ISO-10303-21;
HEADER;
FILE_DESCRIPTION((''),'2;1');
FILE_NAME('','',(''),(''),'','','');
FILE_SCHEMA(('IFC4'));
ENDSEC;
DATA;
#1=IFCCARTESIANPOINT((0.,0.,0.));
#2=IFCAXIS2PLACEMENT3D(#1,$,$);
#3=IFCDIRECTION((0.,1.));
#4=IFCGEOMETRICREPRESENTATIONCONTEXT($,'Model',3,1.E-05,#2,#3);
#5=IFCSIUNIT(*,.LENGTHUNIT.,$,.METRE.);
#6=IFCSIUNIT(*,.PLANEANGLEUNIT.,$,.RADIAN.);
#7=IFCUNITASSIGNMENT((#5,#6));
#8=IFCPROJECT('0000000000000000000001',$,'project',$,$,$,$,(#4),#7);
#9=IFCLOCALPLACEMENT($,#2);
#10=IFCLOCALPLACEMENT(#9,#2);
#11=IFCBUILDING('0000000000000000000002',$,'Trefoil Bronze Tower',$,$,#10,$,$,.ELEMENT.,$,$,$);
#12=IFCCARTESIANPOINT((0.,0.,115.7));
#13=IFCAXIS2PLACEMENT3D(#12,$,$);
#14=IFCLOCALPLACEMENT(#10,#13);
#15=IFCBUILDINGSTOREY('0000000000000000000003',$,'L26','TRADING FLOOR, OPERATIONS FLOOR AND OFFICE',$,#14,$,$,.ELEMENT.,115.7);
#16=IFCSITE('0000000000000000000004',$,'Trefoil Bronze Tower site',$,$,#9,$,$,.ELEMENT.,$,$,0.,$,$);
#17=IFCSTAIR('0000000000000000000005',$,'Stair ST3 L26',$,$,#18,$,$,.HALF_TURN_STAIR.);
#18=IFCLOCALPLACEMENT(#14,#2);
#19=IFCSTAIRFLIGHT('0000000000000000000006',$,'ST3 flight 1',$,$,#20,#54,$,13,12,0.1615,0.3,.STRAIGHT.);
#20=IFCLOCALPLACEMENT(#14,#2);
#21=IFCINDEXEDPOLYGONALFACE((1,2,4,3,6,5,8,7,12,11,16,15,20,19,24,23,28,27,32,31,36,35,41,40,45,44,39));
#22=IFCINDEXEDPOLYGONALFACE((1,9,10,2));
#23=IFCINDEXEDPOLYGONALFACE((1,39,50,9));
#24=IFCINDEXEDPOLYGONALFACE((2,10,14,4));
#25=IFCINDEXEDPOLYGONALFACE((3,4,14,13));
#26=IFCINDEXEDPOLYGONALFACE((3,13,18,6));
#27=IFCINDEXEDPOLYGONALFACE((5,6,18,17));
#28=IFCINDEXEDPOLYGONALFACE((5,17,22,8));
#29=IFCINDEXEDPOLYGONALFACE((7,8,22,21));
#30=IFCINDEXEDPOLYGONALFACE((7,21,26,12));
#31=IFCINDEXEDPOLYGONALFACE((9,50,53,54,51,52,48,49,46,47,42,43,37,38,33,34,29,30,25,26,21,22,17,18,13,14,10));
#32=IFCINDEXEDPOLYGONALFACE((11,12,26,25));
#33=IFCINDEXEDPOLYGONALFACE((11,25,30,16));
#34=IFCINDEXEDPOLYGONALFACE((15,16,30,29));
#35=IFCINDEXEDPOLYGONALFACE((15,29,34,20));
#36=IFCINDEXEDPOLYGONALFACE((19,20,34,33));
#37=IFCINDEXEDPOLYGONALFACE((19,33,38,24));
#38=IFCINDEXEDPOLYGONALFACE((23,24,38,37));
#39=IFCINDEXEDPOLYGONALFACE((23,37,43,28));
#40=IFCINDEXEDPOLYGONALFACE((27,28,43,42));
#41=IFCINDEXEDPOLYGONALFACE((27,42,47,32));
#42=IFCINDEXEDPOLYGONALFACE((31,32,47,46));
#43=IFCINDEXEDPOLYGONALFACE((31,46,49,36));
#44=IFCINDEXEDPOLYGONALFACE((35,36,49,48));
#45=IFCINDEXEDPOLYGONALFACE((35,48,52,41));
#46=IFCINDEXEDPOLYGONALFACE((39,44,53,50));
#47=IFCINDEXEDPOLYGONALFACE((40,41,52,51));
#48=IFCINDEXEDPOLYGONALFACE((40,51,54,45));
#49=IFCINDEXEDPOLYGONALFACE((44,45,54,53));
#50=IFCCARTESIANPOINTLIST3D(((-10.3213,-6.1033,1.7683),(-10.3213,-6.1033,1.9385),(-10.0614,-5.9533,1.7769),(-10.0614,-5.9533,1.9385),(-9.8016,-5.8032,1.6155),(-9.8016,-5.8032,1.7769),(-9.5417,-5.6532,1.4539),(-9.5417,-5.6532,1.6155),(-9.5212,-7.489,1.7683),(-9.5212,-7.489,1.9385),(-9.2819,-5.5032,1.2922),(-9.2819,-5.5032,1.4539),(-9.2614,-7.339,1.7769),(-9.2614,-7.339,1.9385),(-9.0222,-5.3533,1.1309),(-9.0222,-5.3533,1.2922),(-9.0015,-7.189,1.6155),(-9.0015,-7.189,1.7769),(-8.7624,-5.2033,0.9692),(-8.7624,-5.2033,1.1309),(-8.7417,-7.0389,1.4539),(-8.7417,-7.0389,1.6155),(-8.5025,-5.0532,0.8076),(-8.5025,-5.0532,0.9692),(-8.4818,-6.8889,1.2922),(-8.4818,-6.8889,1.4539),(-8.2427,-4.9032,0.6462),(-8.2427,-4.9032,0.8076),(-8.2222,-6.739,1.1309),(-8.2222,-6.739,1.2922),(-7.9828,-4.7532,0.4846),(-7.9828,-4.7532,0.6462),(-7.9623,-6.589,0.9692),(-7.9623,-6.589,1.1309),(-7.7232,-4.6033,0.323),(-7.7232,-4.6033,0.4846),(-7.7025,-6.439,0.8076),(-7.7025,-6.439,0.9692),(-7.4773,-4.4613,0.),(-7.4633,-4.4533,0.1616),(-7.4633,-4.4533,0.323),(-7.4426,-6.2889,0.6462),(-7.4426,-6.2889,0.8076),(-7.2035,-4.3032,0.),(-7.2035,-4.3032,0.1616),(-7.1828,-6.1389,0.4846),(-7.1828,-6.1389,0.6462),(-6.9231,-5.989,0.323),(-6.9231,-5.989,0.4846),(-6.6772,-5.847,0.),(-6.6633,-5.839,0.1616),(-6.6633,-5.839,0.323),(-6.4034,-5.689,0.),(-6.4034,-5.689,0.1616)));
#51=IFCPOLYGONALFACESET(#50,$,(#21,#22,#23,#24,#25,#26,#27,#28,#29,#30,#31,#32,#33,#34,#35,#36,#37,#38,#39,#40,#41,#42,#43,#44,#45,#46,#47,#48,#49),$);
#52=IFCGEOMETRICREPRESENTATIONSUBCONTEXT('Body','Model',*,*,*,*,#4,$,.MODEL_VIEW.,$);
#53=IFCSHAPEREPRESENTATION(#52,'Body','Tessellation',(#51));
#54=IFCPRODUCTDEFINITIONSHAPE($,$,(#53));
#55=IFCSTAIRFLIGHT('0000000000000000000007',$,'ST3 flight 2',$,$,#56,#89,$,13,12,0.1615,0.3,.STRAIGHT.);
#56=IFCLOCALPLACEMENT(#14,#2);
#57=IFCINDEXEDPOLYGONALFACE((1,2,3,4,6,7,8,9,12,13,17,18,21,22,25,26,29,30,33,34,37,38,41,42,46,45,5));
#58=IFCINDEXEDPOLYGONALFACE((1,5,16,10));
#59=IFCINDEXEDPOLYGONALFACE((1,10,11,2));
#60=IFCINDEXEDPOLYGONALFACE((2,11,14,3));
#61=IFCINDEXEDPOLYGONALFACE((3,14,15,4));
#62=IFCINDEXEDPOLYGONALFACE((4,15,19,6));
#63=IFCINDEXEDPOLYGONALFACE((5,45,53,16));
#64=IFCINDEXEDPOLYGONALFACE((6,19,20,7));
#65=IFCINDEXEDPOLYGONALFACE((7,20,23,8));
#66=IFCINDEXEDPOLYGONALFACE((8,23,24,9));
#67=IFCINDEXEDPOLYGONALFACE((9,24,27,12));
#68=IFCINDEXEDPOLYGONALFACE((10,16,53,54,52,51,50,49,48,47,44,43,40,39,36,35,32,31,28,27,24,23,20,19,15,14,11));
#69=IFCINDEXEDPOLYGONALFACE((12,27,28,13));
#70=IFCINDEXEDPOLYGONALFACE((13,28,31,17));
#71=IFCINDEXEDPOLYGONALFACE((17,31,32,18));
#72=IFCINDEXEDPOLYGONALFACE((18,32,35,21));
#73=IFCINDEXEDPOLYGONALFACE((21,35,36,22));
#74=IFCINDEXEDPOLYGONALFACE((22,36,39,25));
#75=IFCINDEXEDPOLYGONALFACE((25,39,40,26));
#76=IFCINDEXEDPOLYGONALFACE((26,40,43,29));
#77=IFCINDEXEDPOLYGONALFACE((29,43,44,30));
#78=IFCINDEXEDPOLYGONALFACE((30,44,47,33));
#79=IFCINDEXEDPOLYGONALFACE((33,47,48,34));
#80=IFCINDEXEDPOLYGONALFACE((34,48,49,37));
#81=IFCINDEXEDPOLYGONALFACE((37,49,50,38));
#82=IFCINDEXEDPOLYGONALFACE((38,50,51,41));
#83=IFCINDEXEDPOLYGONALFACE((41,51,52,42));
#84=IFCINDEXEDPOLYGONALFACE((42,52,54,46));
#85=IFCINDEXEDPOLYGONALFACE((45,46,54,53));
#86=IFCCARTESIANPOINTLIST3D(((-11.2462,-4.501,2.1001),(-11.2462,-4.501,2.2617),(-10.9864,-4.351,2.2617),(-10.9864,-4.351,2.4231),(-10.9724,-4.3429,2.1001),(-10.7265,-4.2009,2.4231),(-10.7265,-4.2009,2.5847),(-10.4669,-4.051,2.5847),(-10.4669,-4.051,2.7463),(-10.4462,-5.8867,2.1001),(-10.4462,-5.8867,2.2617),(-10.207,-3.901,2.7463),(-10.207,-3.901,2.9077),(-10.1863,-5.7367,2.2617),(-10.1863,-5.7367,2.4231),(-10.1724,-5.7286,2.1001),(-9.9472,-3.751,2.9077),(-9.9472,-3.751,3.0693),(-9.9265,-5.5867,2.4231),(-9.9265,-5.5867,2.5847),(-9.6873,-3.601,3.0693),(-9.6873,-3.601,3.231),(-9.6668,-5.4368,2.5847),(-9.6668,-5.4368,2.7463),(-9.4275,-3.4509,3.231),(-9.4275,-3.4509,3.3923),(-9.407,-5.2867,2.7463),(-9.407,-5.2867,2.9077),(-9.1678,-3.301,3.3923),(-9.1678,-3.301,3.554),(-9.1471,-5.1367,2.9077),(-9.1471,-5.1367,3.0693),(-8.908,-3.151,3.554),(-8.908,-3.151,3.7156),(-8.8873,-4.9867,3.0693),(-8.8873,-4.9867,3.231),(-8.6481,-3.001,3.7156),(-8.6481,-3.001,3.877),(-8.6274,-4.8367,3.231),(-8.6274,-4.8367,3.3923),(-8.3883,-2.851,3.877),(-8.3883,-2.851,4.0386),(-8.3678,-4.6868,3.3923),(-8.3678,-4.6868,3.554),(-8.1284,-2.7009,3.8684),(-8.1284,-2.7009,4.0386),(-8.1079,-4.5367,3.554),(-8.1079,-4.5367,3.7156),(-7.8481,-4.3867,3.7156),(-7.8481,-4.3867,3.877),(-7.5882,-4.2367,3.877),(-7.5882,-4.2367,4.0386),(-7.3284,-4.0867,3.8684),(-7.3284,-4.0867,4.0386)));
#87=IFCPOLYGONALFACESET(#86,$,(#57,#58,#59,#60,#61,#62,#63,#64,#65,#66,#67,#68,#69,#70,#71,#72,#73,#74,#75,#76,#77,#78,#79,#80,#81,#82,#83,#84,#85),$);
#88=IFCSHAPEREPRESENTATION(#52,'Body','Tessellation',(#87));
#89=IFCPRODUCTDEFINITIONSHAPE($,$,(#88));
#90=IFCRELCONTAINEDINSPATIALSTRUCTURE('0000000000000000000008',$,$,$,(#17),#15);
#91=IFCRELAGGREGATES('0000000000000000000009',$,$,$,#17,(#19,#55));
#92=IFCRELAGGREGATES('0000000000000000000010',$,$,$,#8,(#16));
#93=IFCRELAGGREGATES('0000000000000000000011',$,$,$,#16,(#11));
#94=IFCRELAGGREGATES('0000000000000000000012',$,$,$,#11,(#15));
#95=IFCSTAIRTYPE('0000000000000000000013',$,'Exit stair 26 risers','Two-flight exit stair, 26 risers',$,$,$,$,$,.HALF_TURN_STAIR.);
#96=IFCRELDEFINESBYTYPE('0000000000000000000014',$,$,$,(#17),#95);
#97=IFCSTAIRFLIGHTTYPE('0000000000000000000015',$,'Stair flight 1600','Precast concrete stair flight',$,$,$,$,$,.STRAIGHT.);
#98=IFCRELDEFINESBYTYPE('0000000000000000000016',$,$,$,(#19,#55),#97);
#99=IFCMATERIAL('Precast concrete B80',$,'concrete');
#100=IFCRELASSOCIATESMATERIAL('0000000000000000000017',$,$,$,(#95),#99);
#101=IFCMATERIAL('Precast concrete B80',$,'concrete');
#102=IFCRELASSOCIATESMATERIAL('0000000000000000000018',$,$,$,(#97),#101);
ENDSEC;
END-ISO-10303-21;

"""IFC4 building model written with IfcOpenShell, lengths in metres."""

from ifc_helpers import new_model, si_unit, direction, frame, origin, place, context, subcontext, project, spatial, polyline, outline, extrude, material, type_object, element, aggregate, save


model = new_model("IFC4")

# Units and contexts
model_context = context("Model", 3, precision=1e-05, world=origin(), true_north=direction((0.0, 1.0)))
body_context = subcontext(model_context, "Body", "Model", "MODEL_VIEW")
ifc_project = project(units=[si_unit("LENGTHUNIT", "METRE"), si_unit("PLANEANGLEUNIT", "RADIAN")], contexts=[model_context])

# Site, building, storey
site_placement = place(None, origin())
site = spatial("IfcSite", under=ifc_project, at=site_placement, Name="Trefoil Bronze Tower site", CompositionType="ELEMENT", RefElevation=0.0)
building_placement = place(site_placement, origin())
building = spatial("IfcBuilding", under=site, at=building_placement, Name="Trefoil Bronze Tower", CompositionType="ELEMENT")
storey_placement = place(building_placement, frame((0.0, 0.0, 115.7)))
storey = spatial("IfcBuildingStorey", under=building, at=storey_placement, Name="L26", Description="TRADING FLOOR, OPERATIONS FLOOR AND OFFICE", CompositionType="ELEMENT", Elevation=115.7)

# Stair, stair flights
ifc_material_1 = material(Name="Precast concrete B80", Category="concrete")
stair_type = type_object("IfcStairType", Name="Exit stair 26 risers", Description="Two-flight exit stair, 26 risers", PredefinedType="HALF_TURN_STAIR", material=ifc_material_1)
stair_placement = place(storey_placement, origin())
stair = element("IfcStair", 1, at=stair_placement, inside=storey, type_object=stair_type, Name="Stair ST3 L26", PredefinedType="HALF_TURN_STAIR")
ifc_material_2 = material(Name="Precast concrete B80", Category="concrete")
stair_flight_type = type_object("IfcStairFlightType", Name="Stair flight 1600", Description="Precast concrete stair flight", PredefinedType="STRAIGHT", material=ifc_material_2)
stair_flight_1_placement = place(storey_placement, frame((-6.8035, -4.9961, 0.0), z_axis=(0.0, 0.0, 1.0), x_axis=(-0.866025, -0.5, 0.0)))
stair_flight_1 = element("IfcStairFlight", 2, at=stair_flight_1_placement, type_object=stair_flight_type, Name="ST3 flight 1", NumberOfRisers=13, NumberOfTreads=12, PredefinedType="STRAIGHT", RiserHeight=0.1615, TreadLength=0.3, context=body_context, shape_type="SweptSolid", body=[
    extrude(outline(polyline([(0.0, 0.0), (0.0, 0.1616), (0.3, 0.1616), (0.3, 0.323), (0.6001, 0.323), (0.6001, 0.4846), (0.8999, 0.4846), (0.8999, 0.6462), (1.2, 0.6462), (1.2, 0.8076), (1.5, 0.8076), (1.5, 0.9692), (1.8, 0.9692), (1.8, 1.1309), (2.1001, 1.1309), (2.1001, 1.2922), (2.3999, 1.2922), (2.3999, 1.4539), (2.7, 1.4539), (2.7, 1.6155), (3.0, 1.6155), (3.0, 1.7769), (3.3, 1.7769), (3.3, 1.9385), (3.6001, 1.9385), (3.6001, 2.1001), (3.6001, 1.7683), (0.3162, 0.0), (0.0, 0.0)])), frame((0.0, 0.8, 0.0), z_axis=(0.0, -1.0, 0.0), x_axis=(1.0, 0.0, 0.0)), (0.0, 0.0, 1.0), 1.6001),
])
stair_flight_2_placement = place(storey_placement, frame((-10.8462, -5.1938, 2.1001), z_axis=(0.0, 0.0, 1.0), x_axis=(0.866025, 0.5, 0.0)))
stair_flight_2 = element("IfcStairFlight", 3, at=stair_flight_2_placement, type_object=stair_flight_type, Name="ST3 flight 2", NumberOfRisers=13, NumberOfTreads=12, PredefinedType="STRAIGHT", RiserHeight=0.1615, TreadLength=0.3, context=body_context, shape_type="SweptSolid", body=[
    extrude(outline(polyline([(0.0, 0.0), (0.0, 0.1616), (0.3, 0.1616), (0.3, 0.323), (0.6001, 0.323), (0.6001, 0.4846), (0.8999, 0.4846), (0.8999, 0.6462), (1.2, 0.6462), (1.2, 0.8076), (1.5, 0.8076), (1.5, 0.9692), (1.8, 0.9692), (1.8, 1.1309), (2.1001, 1.1309), (2.1001, 1.2922), (2.3999, 1.2922), (2.3999, 1.4539), (2.7, 1.4539), (2.7, 1.6155), (3.0, 1.6155), (3.0, 1.7769), (3.3, 1.7769), (3.3, 1.9385), (3.6001, 1.9385), (3.6001, 2.1001), (3.6001, 1.7683), (0.3162, 0.0), (0.0, 0.0)])), frame((0.0, 0.8, 0.0), z_axis=(0.0, -1.0, 0.0), x_axis=(1.0, 0.0, 0.0)), (0.0, 0.0, 1.0), 1.6001),
])
aggregate(stair, [stair_flight_1, stair_flight_2])

save(model, "model.ifc")
